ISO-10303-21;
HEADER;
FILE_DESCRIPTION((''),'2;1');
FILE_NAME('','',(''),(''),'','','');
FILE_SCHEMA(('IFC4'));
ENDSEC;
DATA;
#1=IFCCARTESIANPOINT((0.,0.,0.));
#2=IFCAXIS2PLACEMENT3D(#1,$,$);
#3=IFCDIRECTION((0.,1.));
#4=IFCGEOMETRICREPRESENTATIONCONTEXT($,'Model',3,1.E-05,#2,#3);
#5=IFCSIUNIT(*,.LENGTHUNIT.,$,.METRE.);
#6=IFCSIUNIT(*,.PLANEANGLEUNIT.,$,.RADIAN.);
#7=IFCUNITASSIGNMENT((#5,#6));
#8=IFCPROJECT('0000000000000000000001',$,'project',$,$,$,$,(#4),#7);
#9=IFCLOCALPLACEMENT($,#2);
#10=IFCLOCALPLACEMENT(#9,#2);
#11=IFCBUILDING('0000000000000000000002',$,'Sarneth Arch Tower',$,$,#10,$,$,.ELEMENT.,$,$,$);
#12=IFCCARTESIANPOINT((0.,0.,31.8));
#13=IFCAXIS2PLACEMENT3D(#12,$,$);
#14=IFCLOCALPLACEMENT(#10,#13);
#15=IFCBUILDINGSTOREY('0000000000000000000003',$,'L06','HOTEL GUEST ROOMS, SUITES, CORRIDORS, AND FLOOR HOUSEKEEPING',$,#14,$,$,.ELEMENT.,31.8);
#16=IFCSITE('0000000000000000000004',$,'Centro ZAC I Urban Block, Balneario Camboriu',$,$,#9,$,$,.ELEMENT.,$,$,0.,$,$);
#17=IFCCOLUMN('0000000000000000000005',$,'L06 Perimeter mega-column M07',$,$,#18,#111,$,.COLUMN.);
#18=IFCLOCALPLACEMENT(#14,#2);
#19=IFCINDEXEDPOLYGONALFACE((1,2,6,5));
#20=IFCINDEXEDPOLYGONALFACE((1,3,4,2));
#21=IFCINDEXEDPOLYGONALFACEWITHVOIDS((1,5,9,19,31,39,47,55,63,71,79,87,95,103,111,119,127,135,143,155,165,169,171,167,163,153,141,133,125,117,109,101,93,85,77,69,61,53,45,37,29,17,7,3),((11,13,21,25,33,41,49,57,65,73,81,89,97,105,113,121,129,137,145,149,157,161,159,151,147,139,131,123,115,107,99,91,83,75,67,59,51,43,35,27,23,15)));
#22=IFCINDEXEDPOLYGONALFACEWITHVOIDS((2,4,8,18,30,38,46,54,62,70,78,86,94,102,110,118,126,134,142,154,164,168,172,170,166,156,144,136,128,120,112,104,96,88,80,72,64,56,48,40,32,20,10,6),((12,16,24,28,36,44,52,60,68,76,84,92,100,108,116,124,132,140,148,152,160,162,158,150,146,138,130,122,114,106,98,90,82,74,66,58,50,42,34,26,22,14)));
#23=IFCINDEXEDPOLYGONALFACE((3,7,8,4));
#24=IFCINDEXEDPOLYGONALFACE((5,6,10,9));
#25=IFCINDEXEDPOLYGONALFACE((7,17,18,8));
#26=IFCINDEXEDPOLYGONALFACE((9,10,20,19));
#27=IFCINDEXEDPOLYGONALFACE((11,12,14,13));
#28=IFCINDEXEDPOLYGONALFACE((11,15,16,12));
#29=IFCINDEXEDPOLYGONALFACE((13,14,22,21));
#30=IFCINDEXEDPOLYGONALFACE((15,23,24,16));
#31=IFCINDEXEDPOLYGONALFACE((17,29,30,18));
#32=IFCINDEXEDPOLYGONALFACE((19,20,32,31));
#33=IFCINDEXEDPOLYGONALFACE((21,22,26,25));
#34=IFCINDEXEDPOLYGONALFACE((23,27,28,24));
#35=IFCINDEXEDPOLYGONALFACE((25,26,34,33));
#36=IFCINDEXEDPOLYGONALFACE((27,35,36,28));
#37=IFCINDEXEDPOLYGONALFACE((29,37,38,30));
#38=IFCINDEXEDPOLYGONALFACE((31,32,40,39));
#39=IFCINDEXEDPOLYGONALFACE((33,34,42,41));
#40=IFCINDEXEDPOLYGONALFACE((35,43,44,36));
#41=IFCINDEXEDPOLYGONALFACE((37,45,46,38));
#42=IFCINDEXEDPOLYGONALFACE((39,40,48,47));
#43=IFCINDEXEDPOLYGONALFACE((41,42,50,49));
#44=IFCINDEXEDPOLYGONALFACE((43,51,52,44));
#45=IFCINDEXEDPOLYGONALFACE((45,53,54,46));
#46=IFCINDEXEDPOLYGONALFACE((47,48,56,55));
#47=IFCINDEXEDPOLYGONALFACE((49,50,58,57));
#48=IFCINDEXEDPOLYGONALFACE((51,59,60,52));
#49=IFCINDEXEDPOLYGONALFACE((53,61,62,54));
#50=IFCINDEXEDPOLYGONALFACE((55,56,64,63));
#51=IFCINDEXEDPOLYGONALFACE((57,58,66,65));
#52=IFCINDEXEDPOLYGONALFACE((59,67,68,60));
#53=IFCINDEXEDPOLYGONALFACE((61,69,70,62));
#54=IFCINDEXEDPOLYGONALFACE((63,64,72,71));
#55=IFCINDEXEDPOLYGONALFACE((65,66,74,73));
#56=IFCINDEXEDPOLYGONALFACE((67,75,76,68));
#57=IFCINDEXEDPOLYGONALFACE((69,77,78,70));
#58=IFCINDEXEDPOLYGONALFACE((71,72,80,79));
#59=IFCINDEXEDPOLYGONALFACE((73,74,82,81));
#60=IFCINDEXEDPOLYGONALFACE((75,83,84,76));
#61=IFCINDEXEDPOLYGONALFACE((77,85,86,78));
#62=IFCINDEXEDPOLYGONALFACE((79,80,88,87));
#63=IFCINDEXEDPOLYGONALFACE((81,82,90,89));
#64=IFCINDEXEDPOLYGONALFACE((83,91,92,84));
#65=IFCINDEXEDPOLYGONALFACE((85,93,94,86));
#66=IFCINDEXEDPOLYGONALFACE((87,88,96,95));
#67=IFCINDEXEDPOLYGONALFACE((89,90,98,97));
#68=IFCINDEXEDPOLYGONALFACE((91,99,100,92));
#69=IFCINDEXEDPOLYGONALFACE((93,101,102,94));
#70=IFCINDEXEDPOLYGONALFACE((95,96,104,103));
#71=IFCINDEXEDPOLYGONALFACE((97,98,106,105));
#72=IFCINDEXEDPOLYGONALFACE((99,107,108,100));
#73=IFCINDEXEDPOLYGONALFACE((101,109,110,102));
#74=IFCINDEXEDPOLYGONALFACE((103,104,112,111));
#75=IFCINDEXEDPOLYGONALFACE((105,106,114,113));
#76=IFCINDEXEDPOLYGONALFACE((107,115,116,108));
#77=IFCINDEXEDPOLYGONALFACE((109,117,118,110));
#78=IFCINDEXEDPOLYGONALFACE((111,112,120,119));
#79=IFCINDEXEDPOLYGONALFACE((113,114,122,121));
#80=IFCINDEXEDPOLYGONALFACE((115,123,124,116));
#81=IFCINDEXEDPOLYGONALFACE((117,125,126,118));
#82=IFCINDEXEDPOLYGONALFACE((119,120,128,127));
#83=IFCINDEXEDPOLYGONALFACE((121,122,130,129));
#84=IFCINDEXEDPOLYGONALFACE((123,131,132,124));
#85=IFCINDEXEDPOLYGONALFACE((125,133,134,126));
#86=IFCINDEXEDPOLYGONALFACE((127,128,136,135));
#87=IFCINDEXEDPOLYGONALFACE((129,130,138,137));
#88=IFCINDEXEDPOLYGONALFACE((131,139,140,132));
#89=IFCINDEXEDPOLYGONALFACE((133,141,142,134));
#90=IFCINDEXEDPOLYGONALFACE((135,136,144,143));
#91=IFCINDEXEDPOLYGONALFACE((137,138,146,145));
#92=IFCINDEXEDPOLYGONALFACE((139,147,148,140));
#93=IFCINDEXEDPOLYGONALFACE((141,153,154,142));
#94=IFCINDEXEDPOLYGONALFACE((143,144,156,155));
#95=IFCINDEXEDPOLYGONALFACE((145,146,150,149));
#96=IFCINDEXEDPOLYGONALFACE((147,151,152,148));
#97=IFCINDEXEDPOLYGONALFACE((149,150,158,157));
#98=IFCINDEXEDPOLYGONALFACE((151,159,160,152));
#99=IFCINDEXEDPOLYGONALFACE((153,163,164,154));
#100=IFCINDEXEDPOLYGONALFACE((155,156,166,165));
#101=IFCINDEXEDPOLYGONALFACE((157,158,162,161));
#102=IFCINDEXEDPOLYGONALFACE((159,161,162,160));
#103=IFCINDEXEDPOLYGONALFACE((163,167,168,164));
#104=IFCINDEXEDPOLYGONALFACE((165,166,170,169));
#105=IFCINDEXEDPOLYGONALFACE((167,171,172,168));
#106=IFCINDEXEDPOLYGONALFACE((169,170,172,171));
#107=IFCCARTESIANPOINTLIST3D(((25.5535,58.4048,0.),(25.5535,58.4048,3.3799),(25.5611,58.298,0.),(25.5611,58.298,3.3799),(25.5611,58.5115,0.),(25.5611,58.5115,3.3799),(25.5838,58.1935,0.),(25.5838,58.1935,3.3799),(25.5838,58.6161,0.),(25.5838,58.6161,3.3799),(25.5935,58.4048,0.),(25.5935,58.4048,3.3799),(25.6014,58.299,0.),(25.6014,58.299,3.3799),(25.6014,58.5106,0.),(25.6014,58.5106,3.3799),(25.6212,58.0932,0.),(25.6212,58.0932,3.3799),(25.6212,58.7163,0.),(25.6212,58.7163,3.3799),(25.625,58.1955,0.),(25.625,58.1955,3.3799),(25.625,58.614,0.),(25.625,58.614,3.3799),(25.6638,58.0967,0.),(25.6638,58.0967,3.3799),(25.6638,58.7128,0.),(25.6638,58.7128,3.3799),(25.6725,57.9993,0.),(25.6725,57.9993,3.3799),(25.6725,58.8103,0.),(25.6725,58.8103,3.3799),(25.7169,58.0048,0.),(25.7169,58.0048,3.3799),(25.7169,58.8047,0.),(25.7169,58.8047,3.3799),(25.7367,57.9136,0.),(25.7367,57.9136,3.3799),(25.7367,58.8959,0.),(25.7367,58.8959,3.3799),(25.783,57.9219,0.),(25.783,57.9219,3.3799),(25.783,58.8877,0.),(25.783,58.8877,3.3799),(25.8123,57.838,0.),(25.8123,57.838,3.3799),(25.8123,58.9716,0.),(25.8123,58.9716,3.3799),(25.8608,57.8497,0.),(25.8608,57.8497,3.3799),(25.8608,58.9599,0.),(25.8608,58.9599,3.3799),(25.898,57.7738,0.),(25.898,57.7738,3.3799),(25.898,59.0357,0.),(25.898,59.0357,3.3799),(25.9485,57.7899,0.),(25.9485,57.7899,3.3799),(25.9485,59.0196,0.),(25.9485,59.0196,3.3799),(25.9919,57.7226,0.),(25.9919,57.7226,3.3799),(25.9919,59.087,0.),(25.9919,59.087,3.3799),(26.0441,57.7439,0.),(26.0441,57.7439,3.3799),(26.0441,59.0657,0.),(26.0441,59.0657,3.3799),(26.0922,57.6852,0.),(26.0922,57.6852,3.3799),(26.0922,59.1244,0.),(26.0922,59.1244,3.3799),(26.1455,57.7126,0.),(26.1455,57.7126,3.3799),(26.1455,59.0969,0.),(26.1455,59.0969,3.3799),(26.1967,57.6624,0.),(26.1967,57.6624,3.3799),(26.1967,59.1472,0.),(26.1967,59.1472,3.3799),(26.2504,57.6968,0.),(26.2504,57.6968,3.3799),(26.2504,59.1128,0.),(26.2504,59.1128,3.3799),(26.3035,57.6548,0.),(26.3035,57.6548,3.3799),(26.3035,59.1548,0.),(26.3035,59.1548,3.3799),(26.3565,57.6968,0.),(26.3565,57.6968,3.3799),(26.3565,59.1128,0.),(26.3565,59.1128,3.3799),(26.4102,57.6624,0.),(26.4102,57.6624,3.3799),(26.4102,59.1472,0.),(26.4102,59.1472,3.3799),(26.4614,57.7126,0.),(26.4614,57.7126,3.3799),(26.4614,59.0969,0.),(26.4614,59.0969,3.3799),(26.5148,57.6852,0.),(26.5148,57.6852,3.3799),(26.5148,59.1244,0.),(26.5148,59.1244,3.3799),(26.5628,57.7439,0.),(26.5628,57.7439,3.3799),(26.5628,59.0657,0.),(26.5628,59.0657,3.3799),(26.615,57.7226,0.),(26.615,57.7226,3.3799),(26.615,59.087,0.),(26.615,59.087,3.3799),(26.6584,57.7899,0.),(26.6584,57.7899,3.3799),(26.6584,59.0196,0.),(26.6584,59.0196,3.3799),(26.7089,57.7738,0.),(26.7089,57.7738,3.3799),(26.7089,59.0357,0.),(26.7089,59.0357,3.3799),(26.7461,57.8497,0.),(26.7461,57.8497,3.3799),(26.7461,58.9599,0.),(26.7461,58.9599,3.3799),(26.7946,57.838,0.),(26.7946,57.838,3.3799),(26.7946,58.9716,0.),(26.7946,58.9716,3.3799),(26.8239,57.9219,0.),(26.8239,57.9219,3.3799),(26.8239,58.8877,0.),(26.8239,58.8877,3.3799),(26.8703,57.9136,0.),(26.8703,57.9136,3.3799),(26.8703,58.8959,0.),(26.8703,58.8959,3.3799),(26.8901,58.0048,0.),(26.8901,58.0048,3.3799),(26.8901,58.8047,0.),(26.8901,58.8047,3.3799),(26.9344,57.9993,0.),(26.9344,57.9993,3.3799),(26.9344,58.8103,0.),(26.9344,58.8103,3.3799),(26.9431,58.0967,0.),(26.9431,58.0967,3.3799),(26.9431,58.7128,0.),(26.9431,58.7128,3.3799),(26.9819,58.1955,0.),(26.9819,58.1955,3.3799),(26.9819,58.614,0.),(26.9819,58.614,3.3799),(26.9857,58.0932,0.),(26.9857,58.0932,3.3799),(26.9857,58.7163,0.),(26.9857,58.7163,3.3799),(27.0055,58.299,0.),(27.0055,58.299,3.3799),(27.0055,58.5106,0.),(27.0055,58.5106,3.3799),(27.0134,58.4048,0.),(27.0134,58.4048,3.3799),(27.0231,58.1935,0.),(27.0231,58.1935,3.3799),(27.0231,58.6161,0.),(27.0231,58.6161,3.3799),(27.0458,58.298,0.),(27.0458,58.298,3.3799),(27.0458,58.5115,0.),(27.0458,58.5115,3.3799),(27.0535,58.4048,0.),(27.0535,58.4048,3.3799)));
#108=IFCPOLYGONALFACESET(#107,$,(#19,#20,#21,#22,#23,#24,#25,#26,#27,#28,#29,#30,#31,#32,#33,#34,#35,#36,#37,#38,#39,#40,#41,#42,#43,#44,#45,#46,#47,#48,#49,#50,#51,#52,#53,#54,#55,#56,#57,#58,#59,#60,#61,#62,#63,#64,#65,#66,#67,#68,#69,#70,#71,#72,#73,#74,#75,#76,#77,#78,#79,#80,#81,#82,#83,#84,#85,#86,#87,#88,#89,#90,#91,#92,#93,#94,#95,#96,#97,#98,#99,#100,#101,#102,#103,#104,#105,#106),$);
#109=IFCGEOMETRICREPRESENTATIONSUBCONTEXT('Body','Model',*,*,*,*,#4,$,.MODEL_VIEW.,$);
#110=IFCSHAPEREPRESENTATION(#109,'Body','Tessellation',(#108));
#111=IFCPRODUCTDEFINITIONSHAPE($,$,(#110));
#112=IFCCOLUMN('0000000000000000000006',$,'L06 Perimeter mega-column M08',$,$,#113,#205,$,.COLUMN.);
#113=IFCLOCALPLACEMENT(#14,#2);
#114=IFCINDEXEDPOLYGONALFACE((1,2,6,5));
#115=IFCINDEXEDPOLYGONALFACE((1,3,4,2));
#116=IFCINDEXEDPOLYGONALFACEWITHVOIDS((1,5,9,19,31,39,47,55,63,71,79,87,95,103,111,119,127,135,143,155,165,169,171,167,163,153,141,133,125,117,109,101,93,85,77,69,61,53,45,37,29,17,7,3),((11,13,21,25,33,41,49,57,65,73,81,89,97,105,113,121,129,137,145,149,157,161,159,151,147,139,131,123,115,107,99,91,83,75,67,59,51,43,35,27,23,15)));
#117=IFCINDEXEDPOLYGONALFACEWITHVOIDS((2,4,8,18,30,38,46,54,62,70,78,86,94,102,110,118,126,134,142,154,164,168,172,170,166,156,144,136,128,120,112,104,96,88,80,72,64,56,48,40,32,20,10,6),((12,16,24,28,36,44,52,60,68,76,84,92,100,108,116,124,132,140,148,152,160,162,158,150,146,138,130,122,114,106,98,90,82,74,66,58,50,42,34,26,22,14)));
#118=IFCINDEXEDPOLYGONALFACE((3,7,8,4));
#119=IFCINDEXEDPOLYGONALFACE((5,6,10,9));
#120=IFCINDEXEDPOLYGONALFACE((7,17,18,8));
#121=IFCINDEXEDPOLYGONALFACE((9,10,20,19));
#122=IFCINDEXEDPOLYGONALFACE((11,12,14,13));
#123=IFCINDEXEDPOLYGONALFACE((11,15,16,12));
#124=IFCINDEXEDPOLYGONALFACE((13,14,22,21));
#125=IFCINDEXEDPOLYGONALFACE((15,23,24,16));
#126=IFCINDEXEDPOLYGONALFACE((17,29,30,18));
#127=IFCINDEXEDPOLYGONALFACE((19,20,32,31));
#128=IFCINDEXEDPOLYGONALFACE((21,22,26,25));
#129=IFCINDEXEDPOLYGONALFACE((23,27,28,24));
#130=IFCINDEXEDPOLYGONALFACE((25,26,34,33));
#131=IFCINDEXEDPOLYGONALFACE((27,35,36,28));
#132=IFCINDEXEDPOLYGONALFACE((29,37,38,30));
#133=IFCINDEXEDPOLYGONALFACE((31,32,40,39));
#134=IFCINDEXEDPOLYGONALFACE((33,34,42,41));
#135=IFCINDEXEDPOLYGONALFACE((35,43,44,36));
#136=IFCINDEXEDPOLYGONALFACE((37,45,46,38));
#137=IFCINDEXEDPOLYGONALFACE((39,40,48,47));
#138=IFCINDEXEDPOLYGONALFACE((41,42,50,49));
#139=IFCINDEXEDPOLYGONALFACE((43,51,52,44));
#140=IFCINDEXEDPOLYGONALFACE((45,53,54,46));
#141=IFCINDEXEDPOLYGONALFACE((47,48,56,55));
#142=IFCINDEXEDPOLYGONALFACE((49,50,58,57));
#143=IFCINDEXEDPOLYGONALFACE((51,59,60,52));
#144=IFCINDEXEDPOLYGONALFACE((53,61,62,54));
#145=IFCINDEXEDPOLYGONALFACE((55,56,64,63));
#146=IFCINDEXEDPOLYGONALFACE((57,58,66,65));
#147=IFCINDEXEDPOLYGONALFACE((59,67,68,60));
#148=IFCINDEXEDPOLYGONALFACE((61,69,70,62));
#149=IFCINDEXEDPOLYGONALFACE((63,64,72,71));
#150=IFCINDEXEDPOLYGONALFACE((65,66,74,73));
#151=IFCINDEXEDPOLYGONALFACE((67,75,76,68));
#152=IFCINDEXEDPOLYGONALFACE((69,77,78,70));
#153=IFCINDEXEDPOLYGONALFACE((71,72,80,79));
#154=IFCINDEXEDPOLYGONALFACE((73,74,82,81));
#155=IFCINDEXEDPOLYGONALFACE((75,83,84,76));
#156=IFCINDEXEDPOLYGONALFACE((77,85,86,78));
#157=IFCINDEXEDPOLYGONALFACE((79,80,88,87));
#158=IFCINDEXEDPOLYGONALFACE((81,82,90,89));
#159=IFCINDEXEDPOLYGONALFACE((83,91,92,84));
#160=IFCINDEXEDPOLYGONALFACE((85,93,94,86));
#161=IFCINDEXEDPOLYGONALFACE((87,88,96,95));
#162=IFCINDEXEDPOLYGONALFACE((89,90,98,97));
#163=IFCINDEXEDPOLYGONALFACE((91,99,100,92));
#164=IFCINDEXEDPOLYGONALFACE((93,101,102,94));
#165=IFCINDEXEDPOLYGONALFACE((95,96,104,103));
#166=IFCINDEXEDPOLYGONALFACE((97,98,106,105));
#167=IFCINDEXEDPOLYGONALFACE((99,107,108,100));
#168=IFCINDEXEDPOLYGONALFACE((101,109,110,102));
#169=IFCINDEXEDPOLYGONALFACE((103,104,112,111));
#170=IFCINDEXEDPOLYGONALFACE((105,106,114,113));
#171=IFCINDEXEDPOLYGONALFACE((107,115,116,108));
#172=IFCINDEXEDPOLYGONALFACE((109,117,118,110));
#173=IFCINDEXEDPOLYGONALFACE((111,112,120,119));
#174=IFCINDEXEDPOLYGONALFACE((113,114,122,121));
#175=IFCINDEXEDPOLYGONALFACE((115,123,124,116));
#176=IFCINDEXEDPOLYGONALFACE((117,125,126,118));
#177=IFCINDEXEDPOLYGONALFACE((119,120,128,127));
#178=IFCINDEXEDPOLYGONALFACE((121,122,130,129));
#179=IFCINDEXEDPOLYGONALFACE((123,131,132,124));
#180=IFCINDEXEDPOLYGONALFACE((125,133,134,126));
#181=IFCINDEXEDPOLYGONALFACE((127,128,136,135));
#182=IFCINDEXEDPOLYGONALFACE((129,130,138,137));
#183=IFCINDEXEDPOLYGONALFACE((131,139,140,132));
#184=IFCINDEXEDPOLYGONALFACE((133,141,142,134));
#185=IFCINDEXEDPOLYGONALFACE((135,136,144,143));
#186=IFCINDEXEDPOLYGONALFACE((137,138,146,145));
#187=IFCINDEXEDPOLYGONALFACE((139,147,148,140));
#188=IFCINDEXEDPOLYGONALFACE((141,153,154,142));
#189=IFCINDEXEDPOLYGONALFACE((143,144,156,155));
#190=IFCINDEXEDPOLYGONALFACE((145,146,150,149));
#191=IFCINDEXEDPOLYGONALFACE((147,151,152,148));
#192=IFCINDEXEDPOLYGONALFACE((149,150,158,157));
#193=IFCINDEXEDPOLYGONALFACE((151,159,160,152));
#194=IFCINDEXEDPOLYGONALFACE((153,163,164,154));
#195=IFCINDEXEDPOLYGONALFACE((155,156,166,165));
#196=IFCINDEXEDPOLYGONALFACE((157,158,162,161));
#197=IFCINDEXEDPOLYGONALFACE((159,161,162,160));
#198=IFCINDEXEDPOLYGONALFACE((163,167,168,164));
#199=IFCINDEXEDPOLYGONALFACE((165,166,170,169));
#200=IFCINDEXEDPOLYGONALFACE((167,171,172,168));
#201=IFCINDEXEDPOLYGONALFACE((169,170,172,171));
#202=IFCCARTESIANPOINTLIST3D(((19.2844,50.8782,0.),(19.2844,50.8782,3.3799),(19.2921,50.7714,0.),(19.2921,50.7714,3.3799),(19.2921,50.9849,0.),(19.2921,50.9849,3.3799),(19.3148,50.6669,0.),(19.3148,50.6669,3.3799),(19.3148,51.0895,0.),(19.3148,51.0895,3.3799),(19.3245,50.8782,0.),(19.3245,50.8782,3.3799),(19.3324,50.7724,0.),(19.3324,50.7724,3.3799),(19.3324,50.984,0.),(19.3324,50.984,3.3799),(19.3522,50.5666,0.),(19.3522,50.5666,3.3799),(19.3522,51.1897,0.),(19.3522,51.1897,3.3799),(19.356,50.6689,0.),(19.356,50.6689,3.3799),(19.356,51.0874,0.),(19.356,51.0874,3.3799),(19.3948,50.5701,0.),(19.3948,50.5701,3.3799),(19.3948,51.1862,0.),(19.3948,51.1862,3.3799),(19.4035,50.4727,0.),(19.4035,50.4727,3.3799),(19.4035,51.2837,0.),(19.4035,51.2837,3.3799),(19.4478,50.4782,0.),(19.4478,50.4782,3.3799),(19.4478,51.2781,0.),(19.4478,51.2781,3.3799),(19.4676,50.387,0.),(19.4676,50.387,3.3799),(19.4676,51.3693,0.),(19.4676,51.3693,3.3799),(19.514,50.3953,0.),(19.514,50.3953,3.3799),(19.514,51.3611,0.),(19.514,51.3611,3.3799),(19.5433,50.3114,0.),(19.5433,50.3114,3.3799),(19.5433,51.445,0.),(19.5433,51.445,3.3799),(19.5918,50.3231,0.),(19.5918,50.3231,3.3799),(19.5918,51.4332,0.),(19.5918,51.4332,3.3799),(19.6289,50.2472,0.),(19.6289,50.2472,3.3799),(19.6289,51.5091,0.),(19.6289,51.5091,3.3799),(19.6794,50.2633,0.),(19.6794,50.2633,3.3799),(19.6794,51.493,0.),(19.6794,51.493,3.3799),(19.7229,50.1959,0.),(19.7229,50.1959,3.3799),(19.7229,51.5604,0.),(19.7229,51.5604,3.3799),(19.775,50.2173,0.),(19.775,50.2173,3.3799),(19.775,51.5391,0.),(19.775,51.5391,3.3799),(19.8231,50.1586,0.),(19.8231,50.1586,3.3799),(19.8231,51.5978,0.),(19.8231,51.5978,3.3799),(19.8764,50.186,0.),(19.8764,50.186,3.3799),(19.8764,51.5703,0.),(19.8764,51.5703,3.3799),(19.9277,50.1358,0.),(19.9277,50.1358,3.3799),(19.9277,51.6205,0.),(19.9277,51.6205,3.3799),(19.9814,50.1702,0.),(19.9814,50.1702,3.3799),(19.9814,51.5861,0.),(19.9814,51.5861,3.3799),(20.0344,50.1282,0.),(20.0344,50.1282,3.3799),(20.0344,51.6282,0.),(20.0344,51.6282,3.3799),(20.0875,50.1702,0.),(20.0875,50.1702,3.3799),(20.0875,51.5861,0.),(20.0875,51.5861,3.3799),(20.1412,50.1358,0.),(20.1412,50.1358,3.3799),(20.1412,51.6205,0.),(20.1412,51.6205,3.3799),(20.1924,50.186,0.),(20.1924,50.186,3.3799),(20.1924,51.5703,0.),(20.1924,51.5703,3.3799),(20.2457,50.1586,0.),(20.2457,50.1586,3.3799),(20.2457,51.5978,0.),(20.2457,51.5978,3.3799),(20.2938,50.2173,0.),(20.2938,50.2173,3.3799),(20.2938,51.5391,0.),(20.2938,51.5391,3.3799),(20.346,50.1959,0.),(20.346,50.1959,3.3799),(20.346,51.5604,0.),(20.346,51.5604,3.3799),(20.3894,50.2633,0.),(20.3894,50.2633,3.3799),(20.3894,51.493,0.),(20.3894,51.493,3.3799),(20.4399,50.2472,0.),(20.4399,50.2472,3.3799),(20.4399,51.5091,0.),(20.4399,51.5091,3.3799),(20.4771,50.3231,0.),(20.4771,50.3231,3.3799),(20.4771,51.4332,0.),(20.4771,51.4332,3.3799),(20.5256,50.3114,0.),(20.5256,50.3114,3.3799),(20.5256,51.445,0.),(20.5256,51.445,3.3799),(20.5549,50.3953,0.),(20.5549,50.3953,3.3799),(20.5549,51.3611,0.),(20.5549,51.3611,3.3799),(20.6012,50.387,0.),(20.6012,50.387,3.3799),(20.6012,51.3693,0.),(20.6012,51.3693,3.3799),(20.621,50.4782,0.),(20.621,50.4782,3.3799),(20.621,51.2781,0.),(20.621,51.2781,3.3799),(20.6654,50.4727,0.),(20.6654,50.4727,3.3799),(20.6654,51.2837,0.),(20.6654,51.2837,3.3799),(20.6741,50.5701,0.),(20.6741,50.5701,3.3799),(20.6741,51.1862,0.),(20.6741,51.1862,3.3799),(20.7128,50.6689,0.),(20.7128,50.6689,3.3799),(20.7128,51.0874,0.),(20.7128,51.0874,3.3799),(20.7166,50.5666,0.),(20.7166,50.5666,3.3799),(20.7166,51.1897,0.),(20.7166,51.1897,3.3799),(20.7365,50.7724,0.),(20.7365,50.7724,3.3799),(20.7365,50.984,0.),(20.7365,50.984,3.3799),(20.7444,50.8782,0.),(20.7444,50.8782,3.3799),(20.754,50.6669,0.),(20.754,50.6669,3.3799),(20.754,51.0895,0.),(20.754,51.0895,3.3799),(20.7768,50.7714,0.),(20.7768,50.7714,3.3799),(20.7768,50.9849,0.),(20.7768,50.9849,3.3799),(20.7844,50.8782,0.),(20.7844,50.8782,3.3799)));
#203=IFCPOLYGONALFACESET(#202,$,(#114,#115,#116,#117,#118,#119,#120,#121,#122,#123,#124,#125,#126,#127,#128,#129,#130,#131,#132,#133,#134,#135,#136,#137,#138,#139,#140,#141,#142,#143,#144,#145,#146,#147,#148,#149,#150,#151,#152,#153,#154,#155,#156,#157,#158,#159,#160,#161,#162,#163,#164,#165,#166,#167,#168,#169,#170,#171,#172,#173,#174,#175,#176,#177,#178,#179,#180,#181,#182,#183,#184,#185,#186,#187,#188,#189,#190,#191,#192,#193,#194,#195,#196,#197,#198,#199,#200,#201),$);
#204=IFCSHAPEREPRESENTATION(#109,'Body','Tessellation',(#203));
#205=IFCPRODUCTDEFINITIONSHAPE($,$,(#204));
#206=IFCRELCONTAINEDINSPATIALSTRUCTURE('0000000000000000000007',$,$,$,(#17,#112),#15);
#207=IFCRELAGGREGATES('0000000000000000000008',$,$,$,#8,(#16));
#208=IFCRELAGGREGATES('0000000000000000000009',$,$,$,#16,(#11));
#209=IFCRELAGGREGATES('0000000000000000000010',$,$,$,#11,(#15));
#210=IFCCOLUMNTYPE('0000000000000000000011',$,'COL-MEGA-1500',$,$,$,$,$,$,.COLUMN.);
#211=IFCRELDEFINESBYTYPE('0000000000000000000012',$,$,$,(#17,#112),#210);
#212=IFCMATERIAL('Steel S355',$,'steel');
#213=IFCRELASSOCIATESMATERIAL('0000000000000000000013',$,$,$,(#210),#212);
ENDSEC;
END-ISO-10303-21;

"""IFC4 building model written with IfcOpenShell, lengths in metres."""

from ifc_helpers import new_model, si_unit, direction, frame, origin, origin_2d, place, context, subcontext, project, spatial, hollow_circle, extrude, material, material_profile, profile_set, type_object, element, save


model = new_model("IFC4")

# Units and contexts
model_context = context("Model", 3, precision=1e-05, world=origin(), true_north=direction((0.0, 1.0)))
body_context = subcontext(model_context, "Body", "Model", "MODEL_VIEW")
ifc_project = project(units=[si_unit("LENGTHUNIT", "METRE"), si_unit("PLANEANGLEUNIT", "RADIAN")], contexts=[model_context])

# Site, building, storey
site_placement = place(None, origin())
site = spatial("IfcSite", under=ifc_project, at=site_placement, Name="Centro ZAC I Urban Block, Balneario Camboriu", CompositionType="ELEMENT", RefElevation=0.0)
building_placement = place(site_placement, origin())
building = spatial("IfcBuilding", under=site, at=building_placement, Name="Sarneth Arch Tower", CompositionType="ELEMENT")
storey_placement = place(building_placement, frame((0.0, 0.0, 31.8)))
storey = spatial("IfcBuildingStorey", under=building, at=storey_placement, Name="L06", Description="HOTEL GUEST ROOMS, SUITES, CORRIDORS, AND FLOOR HOUSEKEEPING", CompositionType="ELEMENT", Elevation=31.8)

# Columns
ifc_material_1 = material(Name="Steel S355", Category="steel")
ifc_material_profile_1 = material_profile(ifc_material_1, hollow_circle(Radius=0.75, WallThickness=0.04, at=origin_2d()), Name="CHS1500x40")
ifc_profile_set_1 = profile_set([ifc_material_profile_1], Name="Steel S355")
column_type = type_object("IfcColumnType", Name="COL-MEGA-1500", PredefinedType="COLUMN", material=ifc_profile_set_1)
for number, where, z_axis, x_axis, name in (
    (1, (26.3035, 58.4048, 0.0), (0.0, 0.0, 1.0), (1.0, 0.0, 0.0), "L06 Perimeter mega-column M07"),
    (2, (20.0344, 50.8782, 0.0), (0.0, 0.0, 1.0), (1.0, 0.0, 0.0), "L06 Perimeter mega-column M08"),
):
    element("IfcColumn", number, at=place(storey_placement, frame(where, z_axis=z_axis, x_axis=x_axis)), inside=storey, type_object=column_type, Name=name, PredefinedType="COLUMN", context=body_context, shape_type="SweptSolid", body=[
        extrude(hollow_circle(Radius=0.75, WallThickness=0.04, at=origin_2d()), origin(), (0.0, 0.0, 1.0), 3.3799),
    ])

save(model, "model.ifc")
